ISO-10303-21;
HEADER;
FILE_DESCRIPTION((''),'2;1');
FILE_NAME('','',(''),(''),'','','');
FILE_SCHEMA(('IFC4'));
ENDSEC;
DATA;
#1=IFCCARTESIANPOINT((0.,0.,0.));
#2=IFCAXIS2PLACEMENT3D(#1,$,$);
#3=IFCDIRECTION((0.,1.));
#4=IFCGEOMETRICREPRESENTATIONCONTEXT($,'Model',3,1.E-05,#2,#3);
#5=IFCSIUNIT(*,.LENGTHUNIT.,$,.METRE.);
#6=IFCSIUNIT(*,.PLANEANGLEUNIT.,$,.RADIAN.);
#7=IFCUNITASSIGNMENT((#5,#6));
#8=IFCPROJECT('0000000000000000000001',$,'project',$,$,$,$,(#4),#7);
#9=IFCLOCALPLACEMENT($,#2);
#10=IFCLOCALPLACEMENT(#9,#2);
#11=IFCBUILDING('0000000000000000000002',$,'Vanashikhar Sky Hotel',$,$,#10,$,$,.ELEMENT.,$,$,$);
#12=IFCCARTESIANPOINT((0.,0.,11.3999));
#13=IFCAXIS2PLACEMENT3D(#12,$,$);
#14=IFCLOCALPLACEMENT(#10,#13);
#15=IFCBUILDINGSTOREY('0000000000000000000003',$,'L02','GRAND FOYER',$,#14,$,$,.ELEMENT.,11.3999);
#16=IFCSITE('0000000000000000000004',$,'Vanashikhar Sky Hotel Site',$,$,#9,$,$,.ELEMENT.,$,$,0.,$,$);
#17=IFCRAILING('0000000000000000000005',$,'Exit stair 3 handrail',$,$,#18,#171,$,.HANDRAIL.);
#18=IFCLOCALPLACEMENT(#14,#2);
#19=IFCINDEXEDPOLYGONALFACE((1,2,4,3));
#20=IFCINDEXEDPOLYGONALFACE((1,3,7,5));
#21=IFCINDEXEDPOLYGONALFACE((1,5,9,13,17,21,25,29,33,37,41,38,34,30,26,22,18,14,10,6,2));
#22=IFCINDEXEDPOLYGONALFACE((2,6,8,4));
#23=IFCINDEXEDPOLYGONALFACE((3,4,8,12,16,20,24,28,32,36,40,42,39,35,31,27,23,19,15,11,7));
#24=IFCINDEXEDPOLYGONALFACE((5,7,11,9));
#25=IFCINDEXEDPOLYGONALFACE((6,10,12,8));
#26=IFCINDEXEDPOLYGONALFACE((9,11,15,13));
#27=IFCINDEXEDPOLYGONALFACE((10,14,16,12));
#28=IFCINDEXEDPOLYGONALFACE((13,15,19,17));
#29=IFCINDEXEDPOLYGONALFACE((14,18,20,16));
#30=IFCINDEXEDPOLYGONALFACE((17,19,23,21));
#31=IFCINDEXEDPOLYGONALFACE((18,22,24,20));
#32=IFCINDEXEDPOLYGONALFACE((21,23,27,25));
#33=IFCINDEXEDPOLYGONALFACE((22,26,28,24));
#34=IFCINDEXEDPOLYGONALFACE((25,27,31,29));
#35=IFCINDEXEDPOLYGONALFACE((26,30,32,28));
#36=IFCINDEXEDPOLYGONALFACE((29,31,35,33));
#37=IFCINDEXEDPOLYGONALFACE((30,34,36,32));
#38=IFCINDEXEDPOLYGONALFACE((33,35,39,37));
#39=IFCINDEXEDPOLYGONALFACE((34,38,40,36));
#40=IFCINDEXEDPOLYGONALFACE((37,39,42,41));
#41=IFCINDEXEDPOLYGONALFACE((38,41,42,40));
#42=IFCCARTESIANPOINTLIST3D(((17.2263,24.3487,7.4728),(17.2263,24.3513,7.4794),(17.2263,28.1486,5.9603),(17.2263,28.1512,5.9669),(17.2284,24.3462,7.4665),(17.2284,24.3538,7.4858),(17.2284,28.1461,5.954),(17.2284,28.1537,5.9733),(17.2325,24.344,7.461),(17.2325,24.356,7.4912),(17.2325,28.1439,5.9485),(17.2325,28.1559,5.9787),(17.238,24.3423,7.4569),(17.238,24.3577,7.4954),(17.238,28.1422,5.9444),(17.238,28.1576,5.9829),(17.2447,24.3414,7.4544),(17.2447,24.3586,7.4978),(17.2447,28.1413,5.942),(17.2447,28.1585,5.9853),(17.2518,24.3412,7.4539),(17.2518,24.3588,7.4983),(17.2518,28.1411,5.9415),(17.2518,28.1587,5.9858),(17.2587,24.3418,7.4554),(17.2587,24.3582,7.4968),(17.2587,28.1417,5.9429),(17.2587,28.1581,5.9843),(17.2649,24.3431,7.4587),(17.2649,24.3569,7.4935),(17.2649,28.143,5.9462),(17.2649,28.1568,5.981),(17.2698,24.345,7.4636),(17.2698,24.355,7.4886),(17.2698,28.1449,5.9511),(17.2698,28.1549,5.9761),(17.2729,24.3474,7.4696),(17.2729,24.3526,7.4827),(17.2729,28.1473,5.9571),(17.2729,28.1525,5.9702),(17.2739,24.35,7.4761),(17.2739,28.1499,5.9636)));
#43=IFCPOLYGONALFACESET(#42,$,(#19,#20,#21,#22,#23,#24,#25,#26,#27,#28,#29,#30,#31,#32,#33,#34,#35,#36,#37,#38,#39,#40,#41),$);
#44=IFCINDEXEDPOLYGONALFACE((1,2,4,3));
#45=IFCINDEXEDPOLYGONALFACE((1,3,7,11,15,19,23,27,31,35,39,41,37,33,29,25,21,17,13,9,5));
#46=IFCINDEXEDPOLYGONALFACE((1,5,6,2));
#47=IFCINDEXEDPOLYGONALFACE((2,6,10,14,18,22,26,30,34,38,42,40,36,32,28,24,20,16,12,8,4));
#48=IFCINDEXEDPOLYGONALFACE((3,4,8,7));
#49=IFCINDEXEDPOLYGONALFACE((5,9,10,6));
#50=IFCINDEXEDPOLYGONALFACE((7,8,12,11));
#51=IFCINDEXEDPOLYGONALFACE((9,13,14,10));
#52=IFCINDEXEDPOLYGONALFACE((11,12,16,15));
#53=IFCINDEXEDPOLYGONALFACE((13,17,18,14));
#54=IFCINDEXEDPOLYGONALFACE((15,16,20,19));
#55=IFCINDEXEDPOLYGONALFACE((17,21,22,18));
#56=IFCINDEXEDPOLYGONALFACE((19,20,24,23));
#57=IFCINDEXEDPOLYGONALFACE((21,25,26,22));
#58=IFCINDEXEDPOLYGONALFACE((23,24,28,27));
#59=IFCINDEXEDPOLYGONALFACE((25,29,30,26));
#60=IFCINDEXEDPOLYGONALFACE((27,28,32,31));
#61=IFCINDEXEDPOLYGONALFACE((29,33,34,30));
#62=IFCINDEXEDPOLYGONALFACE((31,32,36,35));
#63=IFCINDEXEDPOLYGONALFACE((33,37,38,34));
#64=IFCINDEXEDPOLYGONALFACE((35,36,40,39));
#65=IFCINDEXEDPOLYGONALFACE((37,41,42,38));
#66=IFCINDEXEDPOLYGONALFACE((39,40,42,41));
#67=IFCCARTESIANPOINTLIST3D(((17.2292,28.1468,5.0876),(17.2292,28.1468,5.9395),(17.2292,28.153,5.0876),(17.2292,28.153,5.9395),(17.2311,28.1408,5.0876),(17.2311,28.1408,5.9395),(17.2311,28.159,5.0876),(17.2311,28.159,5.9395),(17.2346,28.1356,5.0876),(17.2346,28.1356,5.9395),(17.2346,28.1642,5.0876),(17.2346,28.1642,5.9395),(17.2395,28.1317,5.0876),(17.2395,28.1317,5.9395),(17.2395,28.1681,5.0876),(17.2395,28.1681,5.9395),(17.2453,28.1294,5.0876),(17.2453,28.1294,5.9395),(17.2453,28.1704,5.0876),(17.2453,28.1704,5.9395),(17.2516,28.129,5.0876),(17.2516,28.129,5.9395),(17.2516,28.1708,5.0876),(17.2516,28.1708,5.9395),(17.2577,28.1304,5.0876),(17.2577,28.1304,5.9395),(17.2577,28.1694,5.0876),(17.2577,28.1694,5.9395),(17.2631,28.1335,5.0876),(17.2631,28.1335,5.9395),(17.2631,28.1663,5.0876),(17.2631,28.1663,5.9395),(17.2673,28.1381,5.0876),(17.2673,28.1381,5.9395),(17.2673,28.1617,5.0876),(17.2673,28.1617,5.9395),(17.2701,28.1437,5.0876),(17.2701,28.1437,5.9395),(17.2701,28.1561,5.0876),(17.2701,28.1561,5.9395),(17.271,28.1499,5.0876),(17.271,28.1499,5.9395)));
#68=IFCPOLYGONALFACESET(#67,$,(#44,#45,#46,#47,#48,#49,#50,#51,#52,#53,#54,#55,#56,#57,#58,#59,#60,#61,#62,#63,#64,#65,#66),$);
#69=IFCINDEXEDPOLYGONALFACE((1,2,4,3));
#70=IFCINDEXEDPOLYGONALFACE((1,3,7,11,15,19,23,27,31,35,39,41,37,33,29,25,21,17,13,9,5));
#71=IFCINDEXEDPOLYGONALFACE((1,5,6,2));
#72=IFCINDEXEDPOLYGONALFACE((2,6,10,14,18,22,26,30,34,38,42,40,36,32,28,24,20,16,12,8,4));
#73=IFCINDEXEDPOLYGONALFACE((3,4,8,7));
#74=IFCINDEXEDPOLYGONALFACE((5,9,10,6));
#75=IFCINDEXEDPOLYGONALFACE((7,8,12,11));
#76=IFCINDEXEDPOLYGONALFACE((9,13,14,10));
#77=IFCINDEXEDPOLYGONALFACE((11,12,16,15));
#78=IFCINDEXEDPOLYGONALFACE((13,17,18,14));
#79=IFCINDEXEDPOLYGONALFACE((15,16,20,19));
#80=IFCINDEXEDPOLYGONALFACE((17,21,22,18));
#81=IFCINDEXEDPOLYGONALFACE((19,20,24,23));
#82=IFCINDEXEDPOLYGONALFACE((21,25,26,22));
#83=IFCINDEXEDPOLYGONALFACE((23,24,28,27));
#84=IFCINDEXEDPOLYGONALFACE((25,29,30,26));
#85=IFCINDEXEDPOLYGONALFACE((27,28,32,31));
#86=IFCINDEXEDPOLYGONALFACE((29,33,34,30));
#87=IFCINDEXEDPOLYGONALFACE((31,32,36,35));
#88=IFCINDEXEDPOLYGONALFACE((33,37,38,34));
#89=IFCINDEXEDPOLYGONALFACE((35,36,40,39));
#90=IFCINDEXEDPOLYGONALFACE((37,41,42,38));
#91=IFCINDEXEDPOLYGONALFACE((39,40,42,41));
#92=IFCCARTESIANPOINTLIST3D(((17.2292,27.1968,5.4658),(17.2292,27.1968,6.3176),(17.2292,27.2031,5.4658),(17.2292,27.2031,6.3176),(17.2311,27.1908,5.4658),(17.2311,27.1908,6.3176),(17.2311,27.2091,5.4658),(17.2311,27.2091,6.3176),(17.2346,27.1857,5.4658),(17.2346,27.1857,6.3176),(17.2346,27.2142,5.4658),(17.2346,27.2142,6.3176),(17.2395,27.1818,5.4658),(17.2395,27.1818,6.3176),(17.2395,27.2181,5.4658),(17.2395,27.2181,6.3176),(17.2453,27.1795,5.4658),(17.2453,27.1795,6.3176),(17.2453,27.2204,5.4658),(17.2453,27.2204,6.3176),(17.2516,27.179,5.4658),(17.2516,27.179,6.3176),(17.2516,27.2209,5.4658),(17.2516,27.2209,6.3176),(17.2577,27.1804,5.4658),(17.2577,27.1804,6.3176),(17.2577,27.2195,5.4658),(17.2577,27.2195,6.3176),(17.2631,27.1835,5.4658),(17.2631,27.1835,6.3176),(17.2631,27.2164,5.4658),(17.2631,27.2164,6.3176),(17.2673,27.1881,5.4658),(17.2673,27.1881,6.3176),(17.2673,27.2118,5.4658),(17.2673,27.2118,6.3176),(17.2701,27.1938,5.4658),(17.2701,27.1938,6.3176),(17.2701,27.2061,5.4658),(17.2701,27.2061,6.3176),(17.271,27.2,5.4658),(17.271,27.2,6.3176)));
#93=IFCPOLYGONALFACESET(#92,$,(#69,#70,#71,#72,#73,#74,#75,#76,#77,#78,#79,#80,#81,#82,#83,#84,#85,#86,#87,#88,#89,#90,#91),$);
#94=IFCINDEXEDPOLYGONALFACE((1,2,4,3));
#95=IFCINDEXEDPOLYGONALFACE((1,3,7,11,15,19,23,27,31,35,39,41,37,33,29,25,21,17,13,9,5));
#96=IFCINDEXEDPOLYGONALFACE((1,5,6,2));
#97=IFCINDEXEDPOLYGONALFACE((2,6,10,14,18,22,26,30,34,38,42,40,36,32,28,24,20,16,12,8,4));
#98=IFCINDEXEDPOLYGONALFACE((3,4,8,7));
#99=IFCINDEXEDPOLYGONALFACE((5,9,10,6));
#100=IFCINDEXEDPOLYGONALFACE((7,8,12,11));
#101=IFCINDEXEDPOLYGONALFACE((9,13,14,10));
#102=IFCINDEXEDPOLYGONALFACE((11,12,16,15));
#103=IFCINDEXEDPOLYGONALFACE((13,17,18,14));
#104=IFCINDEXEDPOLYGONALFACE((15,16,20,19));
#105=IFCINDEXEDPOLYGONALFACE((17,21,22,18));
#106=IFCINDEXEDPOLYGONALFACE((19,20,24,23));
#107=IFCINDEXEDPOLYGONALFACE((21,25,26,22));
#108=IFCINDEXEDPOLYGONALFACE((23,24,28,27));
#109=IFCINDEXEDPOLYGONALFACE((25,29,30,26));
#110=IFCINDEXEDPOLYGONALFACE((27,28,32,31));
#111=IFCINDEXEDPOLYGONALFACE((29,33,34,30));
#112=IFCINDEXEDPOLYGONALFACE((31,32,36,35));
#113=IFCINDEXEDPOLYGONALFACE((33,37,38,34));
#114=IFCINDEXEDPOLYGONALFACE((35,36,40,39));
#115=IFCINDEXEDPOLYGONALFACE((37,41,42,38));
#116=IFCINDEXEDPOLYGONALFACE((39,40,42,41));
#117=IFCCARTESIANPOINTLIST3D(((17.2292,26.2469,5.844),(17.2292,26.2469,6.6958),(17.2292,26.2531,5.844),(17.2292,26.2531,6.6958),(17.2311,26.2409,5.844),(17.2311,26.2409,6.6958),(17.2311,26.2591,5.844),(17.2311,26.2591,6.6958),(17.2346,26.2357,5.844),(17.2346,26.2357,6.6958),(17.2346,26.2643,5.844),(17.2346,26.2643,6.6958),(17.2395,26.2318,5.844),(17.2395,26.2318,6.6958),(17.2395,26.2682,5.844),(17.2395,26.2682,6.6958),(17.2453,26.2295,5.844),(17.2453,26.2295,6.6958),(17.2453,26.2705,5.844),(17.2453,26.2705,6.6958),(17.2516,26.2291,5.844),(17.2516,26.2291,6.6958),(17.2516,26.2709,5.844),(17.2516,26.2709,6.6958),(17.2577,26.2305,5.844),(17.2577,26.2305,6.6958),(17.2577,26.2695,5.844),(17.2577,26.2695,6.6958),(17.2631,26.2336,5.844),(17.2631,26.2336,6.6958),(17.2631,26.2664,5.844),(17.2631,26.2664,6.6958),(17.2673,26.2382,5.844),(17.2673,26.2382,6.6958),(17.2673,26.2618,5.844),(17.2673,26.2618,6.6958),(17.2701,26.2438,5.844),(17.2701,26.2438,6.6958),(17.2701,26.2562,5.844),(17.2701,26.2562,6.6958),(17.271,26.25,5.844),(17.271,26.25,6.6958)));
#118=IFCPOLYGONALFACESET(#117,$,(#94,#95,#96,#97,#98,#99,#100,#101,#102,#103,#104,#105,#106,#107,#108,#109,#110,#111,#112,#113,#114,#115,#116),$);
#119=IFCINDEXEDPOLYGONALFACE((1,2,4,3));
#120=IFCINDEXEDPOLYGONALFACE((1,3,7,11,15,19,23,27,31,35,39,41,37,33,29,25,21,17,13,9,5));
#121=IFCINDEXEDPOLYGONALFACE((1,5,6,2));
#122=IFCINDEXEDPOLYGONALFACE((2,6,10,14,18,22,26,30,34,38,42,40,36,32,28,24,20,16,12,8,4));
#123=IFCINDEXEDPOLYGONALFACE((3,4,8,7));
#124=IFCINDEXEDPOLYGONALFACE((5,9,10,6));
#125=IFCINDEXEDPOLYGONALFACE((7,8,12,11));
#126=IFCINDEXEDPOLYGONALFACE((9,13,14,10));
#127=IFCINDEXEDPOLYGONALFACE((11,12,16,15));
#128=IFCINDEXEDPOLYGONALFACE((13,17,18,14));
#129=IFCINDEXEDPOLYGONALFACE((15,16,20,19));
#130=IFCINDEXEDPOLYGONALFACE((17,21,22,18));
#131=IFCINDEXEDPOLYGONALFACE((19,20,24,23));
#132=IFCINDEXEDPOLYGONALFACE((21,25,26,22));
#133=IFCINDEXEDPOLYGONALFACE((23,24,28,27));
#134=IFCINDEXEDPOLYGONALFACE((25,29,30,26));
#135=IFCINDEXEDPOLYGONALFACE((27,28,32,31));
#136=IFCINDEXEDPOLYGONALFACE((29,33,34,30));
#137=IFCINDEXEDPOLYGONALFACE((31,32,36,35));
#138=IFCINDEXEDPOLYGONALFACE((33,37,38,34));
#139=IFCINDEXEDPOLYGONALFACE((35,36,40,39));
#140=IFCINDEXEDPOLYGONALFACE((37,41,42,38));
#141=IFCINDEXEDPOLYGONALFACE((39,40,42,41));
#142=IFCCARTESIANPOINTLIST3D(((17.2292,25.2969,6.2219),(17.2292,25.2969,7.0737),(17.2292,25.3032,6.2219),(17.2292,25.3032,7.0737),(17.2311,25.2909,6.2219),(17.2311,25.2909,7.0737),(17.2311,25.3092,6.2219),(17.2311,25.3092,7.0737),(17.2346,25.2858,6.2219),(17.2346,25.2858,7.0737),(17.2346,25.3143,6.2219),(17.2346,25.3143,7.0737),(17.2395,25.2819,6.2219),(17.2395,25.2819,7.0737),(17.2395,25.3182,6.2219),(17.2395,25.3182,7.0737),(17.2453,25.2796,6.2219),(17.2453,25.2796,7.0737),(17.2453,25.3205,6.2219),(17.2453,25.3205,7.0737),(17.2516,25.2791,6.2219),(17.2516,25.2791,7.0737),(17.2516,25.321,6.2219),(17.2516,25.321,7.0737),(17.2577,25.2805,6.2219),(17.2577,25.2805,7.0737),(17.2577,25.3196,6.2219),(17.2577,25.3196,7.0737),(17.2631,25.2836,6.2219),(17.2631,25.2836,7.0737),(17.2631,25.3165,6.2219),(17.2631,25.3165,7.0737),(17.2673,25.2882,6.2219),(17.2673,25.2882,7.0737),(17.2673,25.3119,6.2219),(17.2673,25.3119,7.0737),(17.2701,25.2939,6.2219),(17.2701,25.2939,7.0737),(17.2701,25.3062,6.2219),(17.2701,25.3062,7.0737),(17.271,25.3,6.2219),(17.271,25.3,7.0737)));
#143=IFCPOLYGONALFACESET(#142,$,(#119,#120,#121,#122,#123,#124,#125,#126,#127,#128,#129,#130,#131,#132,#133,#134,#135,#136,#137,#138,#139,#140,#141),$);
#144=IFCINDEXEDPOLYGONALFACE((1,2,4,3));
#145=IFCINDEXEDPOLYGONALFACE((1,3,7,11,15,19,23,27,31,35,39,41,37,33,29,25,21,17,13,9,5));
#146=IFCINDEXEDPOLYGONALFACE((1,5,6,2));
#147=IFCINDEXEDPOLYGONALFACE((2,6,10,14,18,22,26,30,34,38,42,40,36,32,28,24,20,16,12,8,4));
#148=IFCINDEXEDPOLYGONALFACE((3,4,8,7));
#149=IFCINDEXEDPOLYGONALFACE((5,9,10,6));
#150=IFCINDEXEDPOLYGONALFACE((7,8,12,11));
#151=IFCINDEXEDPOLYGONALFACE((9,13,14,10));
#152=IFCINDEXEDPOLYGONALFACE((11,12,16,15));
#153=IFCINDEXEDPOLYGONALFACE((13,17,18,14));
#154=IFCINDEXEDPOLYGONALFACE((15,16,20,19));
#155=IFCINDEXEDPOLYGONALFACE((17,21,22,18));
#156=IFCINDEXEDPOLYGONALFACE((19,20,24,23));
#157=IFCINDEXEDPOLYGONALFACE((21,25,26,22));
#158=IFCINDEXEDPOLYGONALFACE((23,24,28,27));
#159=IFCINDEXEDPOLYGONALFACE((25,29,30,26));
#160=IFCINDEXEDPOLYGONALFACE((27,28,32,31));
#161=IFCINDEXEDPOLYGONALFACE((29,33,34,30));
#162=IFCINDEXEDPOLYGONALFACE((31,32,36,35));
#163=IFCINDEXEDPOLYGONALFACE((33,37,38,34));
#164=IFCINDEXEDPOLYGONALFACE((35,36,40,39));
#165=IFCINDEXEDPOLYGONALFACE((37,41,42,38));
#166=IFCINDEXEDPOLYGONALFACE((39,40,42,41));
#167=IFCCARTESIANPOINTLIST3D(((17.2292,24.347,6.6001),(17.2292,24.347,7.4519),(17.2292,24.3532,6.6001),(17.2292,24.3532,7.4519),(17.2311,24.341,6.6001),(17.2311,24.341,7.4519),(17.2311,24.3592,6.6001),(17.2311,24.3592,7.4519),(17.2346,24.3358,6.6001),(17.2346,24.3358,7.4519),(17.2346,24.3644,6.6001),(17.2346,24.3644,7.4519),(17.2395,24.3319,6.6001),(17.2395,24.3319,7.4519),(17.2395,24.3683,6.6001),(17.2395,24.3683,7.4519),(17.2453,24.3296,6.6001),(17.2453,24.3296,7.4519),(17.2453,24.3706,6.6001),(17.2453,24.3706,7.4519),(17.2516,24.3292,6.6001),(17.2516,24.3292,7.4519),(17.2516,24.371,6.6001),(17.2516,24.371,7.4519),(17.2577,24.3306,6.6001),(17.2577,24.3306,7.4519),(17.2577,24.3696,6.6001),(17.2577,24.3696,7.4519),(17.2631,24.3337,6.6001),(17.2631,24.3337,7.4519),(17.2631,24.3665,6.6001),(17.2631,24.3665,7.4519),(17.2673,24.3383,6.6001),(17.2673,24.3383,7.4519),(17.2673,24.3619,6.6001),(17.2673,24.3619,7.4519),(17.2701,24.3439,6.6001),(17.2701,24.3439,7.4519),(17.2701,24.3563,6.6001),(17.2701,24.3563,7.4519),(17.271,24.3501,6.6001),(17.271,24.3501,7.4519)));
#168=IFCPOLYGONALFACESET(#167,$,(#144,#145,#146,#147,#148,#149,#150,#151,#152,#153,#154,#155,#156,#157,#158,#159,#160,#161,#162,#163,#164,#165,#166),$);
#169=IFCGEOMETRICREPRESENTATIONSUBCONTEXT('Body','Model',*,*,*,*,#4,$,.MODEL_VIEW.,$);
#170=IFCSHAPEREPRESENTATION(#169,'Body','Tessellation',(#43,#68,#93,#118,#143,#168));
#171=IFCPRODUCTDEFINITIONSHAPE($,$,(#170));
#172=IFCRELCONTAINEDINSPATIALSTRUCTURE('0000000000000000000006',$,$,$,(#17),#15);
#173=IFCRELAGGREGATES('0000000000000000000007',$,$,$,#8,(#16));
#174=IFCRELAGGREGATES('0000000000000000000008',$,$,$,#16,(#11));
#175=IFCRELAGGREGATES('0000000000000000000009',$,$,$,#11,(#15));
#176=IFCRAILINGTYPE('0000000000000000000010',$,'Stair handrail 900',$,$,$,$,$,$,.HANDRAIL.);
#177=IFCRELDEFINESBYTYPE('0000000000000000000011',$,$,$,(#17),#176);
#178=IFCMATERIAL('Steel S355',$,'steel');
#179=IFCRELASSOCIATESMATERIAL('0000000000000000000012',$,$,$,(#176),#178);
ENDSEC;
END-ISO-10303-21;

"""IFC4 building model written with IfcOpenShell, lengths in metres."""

from ifc_helpers import new_model, si_unit, direction, frame, origin, origin_2d, place, context, subcontext, project, spatial, circle, extrude, source, transform, mapped, material, type_object, element, save


model = new_model("IFC4")

# Units and contexts
model_context = context("Model", 3, precision=1e-05, world=origin(), true_north=direction((0.0, 1.0)))
body_context = subcontext(model_context, "Body", "Model", "MODEL_VIEW")
ifc_project = project(units=[si_unit("LENGTHUNIT", "METRE"), si_unit("PLANEANGLEUNIT", "RADIAN")], contexts=[model_context])

# Site, building, storey
site_placement = place(None, origin())
site = spatial("IfcSite", under=ifc_project, at=site_placement, Name="Vanashikhar Sky Hotel Site", CompositionType="ELEMENT", RefElevation=0.0)
building_placement = place(site_placement, origin())
building = spatial("IfcBuilding", under=site, at=building_placement, Name="Vanashikhar Sky Hotel", CompositionType="ELEMENT")
storey_placement = place(building_placement, frame((0.0, 0.0, 11.3999)))
storey = spatial("IfcBuildingStorey", under=building, at=storey_placement, Name="L02", Description="GRAND FOYER", CompositionType="ELEMENT", Elevation=11.3999)

# Railing
ifc_material_1 = material(Name="Steel S355", Category="steel")
railing_type = type_object("IfcRailingType", Name="Stair handrail 900", PredefinedType="HANDRAIL", material=ifc_material_1)
shared_shape_1 = source(origin(), body_context, "Body", "SweptSolid", [
    extrude(circle(Radius=0.0239, at=origin_2d()), frame((0.0, 0.0, 0.876), z_axis=(0.0, -0.929105, 0.369815), x_axis=(1.0, 0.0, 0.0)), (0.0, 0.0, 1.0), 4.0898),
    extrude(circle(Radius=0.021, at=origin_2d()), origin(), (0.0, 0.0, 1.0), 0.8518),
    extrude(circle(Radius=0.021, at=origin_2d()), frame((0.0, -0.95, 0.3782)), (0.0, 0.0, 1.0), 0.8518),
    extrude(circle(Radius=0.021, at=origin_2d()), frame((0.0, -1.8999, 0.7563)), (0.0, 0.0, 1.0), 0.8518),
    extrude(circle(Radius=0.021, at=origin_2d()), frame((0.0, -2.8499, 1.1343)), (0.0, 0.0, 1.0), 0.8518),
    extrude(circle(Radius=0.021, at=origin_2d()), frame((0.0, -3.7998, 1.5125)), (0.0, 0.0, 1.0), 0.8518),
])
for number, where, name in (
    (1, (17.25, 28.1499, 5.0876), "Exit stair 3 handrail"),
):
    element("IfcRailing", number, at=place(storey_placement, frame(where)), inside=storey, type_object=railing_type, Name=name, PredefinedType="HANDRAIL", context=body_context, shape_type="MappedRepresentation", body=[
        mapped(shared_shape_1, transform((0.0, 0.0, 0.0), scale=1.0)),
    ])

save(model, "model.ifc")
